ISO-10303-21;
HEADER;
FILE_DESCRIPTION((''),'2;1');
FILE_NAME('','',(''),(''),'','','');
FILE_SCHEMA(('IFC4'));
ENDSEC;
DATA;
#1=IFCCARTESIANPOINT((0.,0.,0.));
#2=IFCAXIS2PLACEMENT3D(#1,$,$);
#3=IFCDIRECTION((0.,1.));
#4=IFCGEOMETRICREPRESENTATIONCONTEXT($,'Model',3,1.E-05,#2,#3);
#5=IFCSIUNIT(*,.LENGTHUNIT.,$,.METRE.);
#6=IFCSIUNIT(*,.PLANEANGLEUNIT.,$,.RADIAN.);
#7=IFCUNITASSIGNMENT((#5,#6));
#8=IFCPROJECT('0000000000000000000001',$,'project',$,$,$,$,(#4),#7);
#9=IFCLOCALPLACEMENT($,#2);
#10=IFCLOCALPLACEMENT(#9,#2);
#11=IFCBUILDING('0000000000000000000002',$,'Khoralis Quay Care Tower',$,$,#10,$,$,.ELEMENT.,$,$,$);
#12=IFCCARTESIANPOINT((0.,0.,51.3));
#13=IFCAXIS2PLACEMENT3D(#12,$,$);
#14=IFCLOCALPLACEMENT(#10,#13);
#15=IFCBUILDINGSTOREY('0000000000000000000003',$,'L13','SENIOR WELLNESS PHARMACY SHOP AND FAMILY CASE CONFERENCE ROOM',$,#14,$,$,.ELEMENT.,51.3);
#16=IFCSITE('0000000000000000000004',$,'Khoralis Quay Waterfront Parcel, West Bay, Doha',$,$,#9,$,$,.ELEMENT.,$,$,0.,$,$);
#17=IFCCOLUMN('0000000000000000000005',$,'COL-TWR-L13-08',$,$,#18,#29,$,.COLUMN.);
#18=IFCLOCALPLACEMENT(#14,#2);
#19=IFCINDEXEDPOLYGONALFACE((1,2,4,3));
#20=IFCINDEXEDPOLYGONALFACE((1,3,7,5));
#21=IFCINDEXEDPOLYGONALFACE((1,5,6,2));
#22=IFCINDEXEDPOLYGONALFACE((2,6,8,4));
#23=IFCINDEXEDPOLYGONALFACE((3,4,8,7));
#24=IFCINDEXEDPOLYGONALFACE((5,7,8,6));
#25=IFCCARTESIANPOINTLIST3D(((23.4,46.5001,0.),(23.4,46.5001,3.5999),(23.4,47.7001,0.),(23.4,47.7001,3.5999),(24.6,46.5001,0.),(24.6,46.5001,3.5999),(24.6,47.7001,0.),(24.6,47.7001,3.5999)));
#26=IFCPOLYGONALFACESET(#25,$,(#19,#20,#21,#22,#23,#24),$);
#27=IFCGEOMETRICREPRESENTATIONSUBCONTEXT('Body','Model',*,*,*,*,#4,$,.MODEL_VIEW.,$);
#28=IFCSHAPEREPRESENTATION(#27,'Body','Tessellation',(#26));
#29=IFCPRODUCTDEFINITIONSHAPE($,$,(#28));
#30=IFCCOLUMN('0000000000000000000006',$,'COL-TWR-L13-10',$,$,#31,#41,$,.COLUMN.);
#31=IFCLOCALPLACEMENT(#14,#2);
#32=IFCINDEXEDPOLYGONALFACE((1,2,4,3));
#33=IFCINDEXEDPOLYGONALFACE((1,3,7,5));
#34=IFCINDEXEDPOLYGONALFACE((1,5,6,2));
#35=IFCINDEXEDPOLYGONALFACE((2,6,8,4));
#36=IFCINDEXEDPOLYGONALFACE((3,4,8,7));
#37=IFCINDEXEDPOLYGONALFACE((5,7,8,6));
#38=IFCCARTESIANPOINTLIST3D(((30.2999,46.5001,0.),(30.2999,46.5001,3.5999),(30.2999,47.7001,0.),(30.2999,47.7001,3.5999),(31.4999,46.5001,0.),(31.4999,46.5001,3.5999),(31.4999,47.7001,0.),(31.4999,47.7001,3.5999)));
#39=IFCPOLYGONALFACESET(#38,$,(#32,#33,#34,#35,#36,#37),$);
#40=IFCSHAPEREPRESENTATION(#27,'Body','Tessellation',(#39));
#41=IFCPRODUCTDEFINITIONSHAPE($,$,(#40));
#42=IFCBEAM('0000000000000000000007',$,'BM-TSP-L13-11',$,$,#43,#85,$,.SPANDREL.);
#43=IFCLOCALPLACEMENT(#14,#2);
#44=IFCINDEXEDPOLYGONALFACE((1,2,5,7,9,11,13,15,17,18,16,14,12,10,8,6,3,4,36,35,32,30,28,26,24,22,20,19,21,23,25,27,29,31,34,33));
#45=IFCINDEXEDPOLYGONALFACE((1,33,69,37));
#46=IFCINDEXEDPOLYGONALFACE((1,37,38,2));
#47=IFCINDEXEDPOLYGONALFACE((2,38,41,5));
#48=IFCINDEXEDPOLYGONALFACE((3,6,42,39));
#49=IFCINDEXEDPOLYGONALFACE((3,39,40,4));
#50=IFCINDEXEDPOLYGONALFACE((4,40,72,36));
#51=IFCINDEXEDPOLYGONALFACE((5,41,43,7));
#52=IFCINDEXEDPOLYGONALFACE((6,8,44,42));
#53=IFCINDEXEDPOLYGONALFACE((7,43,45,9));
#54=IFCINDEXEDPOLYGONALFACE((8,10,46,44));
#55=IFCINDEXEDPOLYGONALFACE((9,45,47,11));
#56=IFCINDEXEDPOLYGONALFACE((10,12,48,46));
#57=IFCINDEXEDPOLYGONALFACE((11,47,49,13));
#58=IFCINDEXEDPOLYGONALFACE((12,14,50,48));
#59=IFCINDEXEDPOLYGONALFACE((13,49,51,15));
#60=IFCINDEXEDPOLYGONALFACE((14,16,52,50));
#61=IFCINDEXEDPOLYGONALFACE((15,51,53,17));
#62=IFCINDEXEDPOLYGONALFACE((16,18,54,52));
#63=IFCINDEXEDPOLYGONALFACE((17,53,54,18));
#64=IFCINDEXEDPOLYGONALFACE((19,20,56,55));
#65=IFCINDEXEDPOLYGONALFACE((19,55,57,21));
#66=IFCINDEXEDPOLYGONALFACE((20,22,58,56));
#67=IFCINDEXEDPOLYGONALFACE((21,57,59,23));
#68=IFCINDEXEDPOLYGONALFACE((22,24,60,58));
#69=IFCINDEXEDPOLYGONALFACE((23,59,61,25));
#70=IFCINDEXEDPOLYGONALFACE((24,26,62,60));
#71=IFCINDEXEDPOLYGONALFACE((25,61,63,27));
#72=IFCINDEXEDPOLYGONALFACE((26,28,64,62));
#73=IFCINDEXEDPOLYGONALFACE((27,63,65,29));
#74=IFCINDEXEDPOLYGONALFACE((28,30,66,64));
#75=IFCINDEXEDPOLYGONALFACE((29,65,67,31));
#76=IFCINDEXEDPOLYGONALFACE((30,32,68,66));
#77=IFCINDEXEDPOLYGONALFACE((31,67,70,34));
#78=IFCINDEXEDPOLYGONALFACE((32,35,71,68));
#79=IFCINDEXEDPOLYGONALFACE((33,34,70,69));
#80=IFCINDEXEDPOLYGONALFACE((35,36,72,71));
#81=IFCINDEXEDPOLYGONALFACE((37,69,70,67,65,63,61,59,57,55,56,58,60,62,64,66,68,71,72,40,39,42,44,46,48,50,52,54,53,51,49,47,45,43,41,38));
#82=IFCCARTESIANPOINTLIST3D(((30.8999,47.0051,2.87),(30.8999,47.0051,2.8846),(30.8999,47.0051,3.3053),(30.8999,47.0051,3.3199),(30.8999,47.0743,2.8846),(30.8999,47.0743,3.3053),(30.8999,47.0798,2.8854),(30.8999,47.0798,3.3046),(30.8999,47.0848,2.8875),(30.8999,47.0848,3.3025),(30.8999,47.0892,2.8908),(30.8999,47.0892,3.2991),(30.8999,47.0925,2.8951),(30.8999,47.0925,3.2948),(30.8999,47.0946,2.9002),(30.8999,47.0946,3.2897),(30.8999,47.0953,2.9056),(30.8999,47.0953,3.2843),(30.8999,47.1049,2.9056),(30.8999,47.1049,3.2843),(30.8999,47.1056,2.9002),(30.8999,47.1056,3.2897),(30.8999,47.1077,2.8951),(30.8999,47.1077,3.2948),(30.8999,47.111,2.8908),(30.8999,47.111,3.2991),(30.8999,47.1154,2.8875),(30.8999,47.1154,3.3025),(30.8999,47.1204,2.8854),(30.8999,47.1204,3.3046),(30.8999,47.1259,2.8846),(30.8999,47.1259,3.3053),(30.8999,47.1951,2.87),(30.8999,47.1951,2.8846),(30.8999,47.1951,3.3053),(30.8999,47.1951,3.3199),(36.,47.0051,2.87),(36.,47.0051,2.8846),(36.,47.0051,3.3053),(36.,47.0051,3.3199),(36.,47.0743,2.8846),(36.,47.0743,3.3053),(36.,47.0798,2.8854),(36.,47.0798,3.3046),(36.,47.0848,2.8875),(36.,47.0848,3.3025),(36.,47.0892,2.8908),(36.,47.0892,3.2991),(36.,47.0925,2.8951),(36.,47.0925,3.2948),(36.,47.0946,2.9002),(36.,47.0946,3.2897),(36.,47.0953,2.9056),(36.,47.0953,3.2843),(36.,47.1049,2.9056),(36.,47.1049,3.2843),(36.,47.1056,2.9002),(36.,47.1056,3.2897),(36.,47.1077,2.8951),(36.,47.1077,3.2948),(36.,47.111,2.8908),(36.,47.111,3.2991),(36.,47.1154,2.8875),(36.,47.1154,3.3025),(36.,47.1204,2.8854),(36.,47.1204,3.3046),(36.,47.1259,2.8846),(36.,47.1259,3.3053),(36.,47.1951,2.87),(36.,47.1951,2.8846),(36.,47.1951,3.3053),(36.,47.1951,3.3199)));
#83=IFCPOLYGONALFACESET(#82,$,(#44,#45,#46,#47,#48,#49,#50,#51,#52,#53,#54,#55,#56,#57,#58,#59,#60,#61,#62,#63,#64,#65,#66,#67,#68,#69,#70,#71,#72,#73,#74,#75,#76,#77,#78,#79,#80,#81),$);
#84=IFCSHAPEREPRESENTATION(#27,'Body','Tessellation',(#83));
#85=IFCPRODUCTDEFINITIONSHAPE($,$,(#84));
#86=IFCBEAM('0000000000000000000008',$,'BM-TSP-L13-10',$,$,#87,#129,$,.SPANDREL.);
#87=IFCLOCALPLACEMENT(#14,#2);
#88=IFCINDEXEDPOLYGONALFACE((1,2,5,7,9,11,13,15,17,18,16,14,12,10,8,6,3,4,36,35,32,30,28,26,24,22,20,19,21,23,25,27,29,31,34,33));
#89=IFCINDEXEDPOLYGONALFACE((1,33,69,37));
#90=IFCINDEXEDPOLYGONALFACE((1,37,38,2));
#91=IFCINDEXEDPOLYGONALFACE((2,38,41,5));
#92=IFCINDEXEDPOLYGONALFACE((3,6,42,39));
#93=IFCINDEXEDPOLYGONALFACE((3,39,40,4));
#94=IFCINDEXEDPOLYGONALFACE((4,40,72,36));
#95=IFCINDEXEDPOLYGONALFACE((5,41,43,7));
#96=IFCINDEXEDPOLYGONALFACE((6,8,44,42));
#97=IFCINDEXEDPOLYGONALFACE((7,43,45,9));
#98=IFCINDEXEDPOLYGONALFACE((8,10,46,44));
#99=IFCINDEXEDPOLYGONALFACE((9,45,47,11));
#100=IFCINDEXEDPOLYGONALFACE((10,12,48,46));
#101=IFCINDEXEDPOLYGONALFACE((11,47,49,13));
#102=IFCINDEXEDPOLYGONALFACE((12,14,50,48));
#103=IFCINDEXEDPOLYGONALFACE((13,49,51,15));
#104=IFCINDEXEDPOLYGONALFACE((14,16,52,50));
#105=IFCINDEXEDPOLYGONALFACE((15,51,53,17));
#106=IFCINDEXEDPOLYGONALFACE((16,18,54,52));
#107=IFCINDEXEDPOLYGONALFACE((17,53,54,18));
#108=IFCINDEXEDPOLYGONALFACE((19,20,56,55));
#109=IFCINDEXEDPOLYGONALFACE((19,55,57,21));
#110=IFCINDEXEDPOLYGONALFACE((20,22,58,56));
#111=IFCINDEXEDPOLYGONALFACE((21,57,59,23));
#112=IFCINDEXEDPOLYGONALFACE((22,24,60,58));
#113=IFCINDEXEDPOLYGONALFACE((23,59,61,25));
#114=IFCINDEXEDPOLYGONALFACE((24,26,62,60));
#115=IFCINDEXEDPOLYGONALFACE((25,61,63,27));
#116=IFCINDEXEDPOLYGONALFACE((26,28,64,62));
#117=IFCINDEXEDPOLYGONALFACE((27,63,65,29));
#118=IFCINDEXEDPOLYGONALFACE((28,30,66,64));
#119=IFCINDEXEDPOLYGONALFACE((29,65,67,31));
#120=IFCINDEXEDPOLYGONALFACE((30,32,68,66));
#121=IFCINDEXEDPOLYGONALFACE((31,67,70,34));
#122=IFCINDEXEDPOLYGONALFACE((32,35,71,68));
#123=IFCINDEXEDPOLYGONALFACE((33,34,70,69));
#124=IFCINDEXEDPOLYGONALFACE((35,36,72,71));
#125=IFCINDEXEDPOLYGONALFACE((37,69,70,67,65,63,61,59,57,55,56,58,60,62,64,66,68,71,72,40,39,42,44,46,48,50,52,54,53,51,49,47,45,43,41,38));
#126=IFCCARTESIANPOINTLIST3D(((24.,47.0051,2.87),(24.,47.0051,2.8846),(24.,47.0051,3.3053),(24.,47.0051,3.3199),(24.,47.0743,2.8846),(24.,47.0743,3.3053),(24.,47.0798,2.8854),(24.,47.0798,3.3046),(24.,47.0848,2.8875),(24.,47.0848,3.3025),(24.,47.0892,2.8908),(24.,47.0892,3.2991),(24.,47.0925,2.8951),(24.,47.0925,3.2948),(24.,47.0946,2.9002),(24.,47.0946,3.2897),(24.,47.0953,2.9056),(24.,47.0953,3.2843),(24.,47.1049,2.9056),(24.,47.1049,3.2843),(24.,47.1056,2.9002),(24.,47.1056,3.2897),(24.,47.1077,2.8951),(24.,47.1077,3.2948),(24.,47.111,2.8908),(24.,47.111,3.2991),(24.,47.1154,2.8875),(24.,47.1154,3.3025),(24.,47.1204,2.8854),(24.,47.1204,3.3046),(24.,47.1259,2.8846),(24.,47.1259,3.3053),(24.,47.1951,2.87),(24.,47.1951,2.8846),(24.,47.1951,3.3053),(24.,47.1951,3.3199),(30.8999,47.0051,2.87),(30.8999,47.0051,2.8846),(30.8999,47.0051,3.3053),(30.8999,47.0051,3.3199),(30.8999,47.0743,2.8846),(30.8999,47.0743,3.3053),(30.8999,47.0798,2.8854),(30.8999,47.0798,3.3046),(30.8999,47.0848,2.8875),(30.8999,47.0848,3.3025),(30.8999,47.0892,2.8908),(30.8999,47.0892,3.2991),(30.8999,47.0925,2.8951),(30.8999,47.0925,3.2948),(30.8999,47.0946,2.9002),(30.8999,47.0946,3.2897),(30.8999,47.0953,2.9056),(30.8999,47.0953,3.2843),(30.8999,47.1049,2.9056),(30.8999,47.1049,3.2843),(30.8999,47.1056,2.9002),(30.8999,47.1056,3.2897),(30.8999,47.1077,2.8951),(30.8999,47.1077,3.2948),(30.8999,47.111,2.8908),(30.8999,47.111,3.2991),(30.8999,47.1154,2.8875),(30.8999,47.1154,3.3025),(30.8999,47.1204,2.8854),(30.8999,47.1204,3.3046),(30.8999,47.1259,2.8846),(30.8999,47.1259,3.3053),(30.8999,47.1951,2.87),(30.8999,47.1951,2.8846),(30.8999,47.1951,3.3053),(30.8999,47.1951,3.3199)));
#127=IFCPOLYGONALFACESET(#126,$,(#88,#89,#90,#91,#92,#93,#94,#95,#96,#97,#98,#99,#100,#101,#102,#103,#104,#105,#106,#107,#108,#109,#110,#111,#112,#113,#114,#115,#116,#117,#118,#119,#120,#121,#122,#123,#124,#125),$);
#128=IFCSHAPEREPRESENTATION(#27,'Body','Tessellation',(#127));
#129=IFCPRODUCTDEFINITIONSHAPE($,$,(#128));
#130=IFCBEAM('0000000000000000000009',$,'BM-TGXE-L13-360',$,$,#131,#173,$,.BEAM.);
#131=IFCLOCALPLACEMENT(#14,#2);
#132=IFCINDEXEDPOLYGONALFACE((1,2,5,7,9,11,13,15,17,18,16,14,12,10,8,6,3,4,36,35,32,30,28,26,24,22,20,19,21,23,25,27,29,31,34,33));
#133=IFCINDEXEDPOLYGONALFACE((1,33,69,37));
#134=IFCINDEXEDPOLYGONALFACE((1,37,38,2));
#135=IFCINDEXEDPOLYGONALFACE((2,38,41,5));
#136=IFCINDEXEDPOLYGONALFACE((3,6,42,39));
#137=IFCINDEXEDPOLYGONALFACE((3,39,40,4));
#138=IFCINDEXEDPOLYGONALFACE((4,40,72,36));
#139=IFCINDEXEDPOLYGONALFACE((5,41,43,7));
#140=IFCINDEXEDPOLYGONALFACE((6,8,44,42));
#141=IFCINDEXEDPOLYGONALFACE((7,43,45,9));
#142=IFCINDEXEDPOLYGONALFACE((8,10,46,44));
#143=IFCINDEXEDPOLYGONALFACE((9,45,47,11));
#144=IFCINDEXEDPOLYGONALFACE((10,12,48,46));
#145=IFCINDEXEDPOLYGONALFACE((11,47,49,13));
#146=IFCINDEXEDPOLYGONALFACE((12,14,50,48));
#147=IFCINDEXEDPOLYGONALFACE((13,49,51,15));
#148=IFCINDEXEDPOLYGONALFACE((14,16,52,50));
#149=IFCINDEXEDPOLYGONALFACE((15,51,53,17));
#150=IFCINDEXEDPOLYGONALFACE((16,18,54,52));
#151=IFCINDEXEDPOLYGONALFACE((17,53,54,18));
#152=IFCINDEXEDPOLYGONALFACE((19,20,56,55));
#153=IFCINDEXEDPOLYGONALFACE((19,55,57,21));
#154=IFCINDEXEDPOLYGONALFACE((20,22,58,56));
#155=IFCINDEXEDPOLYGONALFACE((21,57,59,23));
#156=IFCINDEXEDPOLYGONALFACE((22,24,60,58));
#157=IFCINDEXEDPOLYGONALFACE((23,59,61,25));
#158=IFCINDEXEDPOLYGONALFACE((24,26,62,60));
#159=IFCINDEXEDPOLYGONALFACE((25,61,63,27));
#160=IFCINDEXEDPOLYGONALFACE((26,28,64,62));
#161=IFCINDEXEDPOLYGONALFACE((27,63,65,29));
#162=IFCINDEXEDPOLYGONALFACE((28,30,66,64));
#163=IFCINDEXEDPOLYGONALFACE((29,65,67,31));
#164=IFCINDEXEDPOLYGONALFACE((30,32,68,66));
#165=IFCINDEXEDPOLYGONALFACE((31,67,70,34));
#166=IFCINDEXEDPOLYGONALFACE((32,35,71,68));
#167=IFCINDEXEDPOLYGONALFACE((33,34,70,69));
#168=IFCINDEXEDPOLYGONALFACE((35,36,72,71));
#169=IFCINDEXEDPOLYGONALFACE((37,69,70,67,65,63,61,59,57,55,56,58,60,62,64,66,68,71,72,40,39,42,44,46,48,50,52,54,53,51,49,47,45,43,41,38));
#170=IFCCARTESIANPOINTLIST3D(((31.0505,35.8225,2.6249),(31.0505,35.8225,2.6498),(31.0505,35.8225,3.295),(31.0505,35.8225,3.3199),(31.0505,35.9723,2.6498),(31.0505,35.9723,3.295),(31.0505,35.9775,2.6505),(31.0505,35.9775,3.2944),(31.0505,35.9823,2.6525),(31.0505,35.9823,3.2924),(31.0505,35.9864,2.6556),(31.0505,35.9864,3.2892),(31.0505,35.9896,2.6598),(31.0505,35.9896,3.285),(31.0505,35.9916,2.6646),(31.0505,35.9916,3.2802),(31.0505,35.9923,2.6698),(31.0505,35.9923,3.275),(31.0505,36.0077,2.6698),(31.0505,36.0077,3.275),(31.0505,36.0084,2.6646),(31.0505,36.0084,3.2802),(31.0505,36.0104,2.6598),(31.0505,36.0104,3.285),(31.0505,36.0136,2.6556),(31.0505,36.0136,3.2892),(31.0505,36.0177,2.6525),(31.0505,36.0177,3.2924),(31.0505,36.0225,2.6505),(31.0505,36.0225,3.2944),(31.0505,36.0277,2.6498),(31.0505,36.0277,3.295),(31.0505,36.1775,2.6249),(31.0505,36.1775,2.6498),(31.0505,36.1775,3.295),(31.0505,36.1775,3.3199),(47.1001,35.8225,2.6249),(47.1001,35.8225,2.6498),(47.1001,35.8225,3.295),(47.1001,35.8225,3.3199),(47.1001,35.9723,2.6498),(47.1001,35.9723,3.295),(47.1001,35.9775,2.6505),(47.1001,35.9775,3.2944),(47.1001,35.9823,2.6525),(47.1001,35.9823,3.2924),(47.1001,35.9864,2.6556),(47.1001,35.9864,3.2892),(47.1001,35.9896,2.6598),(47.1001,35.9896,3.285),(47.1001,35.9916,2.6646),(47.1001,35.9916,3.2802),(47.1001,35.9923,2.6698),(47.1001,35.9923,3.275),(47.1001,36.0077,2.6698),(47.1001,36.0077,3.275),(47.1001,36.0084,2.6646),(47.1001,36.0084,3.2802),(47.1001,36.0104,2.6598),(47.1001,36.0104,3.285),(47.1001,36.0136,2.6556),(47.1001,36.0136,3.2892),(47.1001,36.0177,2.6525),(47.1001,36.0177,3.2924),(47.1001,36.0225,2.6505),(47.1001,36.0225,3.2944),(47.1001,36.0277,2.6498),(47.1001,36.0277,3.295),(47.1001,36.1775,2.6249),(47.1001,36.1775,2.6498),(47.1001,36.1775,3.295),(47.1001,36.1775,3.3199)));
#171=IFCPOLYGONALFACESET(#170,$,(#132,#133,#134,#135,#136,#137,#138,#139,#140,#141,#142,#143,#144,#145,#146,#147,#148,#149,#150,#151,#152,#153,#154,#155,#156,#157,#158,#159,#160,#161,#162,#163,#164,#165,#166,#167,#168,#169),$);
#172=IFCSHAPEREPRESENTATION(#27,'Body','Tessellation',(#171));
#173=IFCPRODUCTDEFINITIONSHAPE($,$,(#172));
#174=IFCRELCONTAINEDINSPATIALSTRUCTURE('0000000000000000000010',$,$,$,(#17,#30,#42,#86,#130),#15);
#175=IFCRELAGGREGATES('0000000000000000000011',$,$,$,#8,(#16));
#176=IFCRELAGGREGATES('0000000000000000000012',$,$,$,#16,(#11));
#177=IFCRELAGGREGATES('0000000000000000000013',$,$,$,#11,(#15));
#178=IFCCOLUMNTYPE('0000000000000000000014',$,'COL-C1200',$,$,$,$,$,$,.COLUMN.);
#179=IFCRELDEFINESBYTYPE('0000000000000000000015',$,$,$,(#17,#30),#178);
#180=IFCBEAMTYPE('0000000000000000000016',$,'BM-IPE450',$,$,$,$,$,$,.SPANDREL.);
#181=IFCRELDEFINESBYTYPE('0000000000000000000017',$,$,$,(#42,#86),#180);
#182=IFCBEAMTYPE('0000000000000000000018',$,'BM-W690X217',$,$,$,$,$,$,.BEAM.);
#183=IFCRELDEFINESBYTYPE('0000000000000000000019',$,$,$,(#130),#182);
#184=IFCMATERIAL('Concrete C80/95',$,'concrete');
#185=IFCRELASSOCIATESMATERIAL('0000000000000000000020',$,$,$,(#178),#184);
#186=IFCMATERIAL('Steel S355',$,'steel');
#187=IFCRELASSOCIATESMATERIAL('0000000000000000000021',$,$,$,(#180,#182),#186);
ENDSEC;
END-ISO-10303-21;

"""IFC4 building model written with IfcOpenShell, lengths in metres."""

from ifc_helpers import new_model, si_unit, direction, frame, origin, origin_2d, place, context, subcontext, project, spatial, rectangle, i_section, extrude, source, transform, mapped, material, material_profile, profile_set, type_object, element, save


model = new_model("IFC4")

# Units and contexts
model_context = context("Model", 3, precision=1e-05, world=origin(), true_north=direction((0.0, 1.0)))
body_context = subcontext(model_context, "Body", "Model", "MODEL_VIEW")
ifc_project = project(units=[si_unit("LENGTHUNIT", "METRE"), si_unit("PLANEANGLEUNIT", "RADIAN")], contexts=[model_context])

# Site, building, storey
site_placement = place(None, origin())
site = spatial("IfcSite", under=ifc_project, at=site_placement, Name="Khoralis Quay Waterfront Parcel, West Bay, Doha", CompositionType="ELEMENT", RefElevation=0.0)
building_placement = place(site_placement, origin())
building = spatial("IfcBuilding", under=site, at=building_placement, Name="Khoralis Quay Care Tower", CompositionType="ELEMENT")
storey_placement = place(building_placement, frame((0.0, 0.0, 51.3)))
storey = spatial("IfcBuildingStorey", under=building, at=storey_placement, Name="L13", Description="SENIOR WELLNESS PHARMACY SHOP AND FAMILY CASE CONFERENCE ROOM", CompositionType="ELEMENT", Elevation=51.3)

# Columns
ifc_material_1 = material(Name="Concrete C80/95", Category="concrete")
ifc_material_profile_1 = material_profile(ifc_material_1, rectangle(XDim=1.2, YDim=1.2, at=origin_2d()), Name="Concrete C80/95")
ifc_profile_set_1 = profile_set([ifc_material_profile_1], Name="Concrete C80/95")
column_type = type_object("IfcColumnType", Name="COL-C1200", PredefinedType="COLUMN", material=ifc_profile_set_1)
shared_shape_1 = source(origin(), body_context, "Body", "SweptSolid", [
    extrude(rectangle(XDim=1.2, YDim=1.2, at=origin_2d()), origin(), (0.0, 0.0, 1.0), 3.5999),
])
for number, where, z_axis, x_axis, name in (
    (1, (24.0, 47.1001, 0.0), (0.0, 0.0, 1.0), (1.0, 0.0, 0.0), "COL-TWR-L13-08"),
    (2, (30.8999, 47.1001, 0.0), (0.0, 0.0, 1.0), (1.0, 0.0, 0.0), "COL-TWR-L13-10"),
):
    element("IfcColumn", number, at=place(storey_placement, frame(where, z_axis=z_axis, x_axis=x_axis)), inside=storey, type_object=column_type, Name=name, PredefinedType="COLUMN", context=body_context, shape_type="MappedRepresentation", body=[
        mapped(shared_shape_1, transform((0.0, 0.0, 0.0), scale=1.0)),
    ])

# Beams
ifc_material_2 = material(Name="Steel S355", Category="steel")
ifc_material_profile_2 = material_profile(ifc_material_2, i_section(OverallWidth=0.1899, OverallDepth=0.45, WebThickness=0.0095, FlangeThickness=0.0146, FilletRadius=0.021, at=origin_2d()), Name="Steel S355")
ifc_profile_set_2 = profile_set([ifc_material_profile_2], Name="Steel S355")
beam_type_1 = type_object("IfcBeamType", Name="BM-IPE450", PredefinedType="SPANDREL", material=ifc_profile_set_2)
shared_shape_2 = source(origin(), body_context, "Body", "SweptSolid", [
    extrude(i_section(OverallWidth=0.1899, OverallDepth=0.45, WebThickness=0.0095, FlangeThickness=0.0146, FilletRadius=0.021, at=origin_2d()), origin(), (0.0, 0.0, 1.0), 5.1001),
])
beam_1_placement = place(storey_placement, frame((30.8999, 47.1001, 3.095), z_axis=(1.0, 0.0, 0.0), x_axis=(0.0, 1.0, 0.0)))
element("IfcBeam", 3, at=beam_1_placement, inside=storey, type_object=beam_type_1, Name="BM-TSP-L13-11", PredefinedType="SPANDREL", context=body_context, shape_type="MappedRepresentation", body=[
    mapped(shared_shape_2, transform((0.0, 0.0, 0.0), scale=1.0)),
])
shared_shape_3 = source(origin(), body_context, "Body", "SweptSolid", [
    extrude(i_section(OverallWidth=0.1899, OverallDepth=0.45, WebThickness=0.0095, FlangeThickness=0.0146, FilletRadius=0.021, at=origin_2d()), origin(), (0.0, 0.0, 1.0), 6.8999),
])
beam_2_placement = place(storey_placement, frame((24.0, 47.1001, 3.095), z_axis=(1.0, 0.0, 0.0), x_axis=(0.0, 1.0, 0.0)))
element("IfcBeam", 4, at=beam_2_placement, inside=storey, type_object=beam_type_1, Name="BM-TSP-L13-10", PredefinedType="SPANDREL", context=body_context, shape_type="MappedRepresentation", body=[
    mapped(shared_shape_3, transform((0.0, 0.0, 0.0), scale=1.0)),
])
ifc_material_profile_3 = material_profile(ifc_material_2, i_section(OverallWidth=0.355, OverallDepth=0.6951, WebThickness=0.0154, FlangeThickness=0.0249, FilletRadius=0.02, at=origin_2d()), Name="Steel S355")
ifc_profile_set_3 = profile_set([ifc_material_profile_3], Name="Steel S355")
beam_type_2 = type_object("IfcBeamType", Name="BM-W690X217", PredefinedType="BEAM", material=ifc_profile_set_3)
shared_shape_4 = source(origin(), body_context, "Body", "SweptSolid", [
    extrude(i_section(OverallWidth=0.355, OverallDepth=0.6951, WebThickness=0.0154, FlangeThickness=0.0249, FilletRadius=0.02, at=origin_2d()), origin(), (0.0, 0.0, 1.0), 16.0496),
])
beam_3_placement = place(storey_placement, frame((31.0505, 36.0, 2.9724), z_axis=(1.0, 0.0, 0.0), x_axis=(0.0, 1.0, 0.0)))
element("IfcBeam", 5, at=beam_3_placement, inside=storey, type_object=beam_type_2, Name="BM-TGXE-L13-360", PredefinedType="BEAM", context=body_context, shape_type="MappedRepresentation", body=[
    mapped(shared_shape_4, transform((0.0, 0.0, 0.0), scale=1.0)),
])

save(model, "model.ifc")
